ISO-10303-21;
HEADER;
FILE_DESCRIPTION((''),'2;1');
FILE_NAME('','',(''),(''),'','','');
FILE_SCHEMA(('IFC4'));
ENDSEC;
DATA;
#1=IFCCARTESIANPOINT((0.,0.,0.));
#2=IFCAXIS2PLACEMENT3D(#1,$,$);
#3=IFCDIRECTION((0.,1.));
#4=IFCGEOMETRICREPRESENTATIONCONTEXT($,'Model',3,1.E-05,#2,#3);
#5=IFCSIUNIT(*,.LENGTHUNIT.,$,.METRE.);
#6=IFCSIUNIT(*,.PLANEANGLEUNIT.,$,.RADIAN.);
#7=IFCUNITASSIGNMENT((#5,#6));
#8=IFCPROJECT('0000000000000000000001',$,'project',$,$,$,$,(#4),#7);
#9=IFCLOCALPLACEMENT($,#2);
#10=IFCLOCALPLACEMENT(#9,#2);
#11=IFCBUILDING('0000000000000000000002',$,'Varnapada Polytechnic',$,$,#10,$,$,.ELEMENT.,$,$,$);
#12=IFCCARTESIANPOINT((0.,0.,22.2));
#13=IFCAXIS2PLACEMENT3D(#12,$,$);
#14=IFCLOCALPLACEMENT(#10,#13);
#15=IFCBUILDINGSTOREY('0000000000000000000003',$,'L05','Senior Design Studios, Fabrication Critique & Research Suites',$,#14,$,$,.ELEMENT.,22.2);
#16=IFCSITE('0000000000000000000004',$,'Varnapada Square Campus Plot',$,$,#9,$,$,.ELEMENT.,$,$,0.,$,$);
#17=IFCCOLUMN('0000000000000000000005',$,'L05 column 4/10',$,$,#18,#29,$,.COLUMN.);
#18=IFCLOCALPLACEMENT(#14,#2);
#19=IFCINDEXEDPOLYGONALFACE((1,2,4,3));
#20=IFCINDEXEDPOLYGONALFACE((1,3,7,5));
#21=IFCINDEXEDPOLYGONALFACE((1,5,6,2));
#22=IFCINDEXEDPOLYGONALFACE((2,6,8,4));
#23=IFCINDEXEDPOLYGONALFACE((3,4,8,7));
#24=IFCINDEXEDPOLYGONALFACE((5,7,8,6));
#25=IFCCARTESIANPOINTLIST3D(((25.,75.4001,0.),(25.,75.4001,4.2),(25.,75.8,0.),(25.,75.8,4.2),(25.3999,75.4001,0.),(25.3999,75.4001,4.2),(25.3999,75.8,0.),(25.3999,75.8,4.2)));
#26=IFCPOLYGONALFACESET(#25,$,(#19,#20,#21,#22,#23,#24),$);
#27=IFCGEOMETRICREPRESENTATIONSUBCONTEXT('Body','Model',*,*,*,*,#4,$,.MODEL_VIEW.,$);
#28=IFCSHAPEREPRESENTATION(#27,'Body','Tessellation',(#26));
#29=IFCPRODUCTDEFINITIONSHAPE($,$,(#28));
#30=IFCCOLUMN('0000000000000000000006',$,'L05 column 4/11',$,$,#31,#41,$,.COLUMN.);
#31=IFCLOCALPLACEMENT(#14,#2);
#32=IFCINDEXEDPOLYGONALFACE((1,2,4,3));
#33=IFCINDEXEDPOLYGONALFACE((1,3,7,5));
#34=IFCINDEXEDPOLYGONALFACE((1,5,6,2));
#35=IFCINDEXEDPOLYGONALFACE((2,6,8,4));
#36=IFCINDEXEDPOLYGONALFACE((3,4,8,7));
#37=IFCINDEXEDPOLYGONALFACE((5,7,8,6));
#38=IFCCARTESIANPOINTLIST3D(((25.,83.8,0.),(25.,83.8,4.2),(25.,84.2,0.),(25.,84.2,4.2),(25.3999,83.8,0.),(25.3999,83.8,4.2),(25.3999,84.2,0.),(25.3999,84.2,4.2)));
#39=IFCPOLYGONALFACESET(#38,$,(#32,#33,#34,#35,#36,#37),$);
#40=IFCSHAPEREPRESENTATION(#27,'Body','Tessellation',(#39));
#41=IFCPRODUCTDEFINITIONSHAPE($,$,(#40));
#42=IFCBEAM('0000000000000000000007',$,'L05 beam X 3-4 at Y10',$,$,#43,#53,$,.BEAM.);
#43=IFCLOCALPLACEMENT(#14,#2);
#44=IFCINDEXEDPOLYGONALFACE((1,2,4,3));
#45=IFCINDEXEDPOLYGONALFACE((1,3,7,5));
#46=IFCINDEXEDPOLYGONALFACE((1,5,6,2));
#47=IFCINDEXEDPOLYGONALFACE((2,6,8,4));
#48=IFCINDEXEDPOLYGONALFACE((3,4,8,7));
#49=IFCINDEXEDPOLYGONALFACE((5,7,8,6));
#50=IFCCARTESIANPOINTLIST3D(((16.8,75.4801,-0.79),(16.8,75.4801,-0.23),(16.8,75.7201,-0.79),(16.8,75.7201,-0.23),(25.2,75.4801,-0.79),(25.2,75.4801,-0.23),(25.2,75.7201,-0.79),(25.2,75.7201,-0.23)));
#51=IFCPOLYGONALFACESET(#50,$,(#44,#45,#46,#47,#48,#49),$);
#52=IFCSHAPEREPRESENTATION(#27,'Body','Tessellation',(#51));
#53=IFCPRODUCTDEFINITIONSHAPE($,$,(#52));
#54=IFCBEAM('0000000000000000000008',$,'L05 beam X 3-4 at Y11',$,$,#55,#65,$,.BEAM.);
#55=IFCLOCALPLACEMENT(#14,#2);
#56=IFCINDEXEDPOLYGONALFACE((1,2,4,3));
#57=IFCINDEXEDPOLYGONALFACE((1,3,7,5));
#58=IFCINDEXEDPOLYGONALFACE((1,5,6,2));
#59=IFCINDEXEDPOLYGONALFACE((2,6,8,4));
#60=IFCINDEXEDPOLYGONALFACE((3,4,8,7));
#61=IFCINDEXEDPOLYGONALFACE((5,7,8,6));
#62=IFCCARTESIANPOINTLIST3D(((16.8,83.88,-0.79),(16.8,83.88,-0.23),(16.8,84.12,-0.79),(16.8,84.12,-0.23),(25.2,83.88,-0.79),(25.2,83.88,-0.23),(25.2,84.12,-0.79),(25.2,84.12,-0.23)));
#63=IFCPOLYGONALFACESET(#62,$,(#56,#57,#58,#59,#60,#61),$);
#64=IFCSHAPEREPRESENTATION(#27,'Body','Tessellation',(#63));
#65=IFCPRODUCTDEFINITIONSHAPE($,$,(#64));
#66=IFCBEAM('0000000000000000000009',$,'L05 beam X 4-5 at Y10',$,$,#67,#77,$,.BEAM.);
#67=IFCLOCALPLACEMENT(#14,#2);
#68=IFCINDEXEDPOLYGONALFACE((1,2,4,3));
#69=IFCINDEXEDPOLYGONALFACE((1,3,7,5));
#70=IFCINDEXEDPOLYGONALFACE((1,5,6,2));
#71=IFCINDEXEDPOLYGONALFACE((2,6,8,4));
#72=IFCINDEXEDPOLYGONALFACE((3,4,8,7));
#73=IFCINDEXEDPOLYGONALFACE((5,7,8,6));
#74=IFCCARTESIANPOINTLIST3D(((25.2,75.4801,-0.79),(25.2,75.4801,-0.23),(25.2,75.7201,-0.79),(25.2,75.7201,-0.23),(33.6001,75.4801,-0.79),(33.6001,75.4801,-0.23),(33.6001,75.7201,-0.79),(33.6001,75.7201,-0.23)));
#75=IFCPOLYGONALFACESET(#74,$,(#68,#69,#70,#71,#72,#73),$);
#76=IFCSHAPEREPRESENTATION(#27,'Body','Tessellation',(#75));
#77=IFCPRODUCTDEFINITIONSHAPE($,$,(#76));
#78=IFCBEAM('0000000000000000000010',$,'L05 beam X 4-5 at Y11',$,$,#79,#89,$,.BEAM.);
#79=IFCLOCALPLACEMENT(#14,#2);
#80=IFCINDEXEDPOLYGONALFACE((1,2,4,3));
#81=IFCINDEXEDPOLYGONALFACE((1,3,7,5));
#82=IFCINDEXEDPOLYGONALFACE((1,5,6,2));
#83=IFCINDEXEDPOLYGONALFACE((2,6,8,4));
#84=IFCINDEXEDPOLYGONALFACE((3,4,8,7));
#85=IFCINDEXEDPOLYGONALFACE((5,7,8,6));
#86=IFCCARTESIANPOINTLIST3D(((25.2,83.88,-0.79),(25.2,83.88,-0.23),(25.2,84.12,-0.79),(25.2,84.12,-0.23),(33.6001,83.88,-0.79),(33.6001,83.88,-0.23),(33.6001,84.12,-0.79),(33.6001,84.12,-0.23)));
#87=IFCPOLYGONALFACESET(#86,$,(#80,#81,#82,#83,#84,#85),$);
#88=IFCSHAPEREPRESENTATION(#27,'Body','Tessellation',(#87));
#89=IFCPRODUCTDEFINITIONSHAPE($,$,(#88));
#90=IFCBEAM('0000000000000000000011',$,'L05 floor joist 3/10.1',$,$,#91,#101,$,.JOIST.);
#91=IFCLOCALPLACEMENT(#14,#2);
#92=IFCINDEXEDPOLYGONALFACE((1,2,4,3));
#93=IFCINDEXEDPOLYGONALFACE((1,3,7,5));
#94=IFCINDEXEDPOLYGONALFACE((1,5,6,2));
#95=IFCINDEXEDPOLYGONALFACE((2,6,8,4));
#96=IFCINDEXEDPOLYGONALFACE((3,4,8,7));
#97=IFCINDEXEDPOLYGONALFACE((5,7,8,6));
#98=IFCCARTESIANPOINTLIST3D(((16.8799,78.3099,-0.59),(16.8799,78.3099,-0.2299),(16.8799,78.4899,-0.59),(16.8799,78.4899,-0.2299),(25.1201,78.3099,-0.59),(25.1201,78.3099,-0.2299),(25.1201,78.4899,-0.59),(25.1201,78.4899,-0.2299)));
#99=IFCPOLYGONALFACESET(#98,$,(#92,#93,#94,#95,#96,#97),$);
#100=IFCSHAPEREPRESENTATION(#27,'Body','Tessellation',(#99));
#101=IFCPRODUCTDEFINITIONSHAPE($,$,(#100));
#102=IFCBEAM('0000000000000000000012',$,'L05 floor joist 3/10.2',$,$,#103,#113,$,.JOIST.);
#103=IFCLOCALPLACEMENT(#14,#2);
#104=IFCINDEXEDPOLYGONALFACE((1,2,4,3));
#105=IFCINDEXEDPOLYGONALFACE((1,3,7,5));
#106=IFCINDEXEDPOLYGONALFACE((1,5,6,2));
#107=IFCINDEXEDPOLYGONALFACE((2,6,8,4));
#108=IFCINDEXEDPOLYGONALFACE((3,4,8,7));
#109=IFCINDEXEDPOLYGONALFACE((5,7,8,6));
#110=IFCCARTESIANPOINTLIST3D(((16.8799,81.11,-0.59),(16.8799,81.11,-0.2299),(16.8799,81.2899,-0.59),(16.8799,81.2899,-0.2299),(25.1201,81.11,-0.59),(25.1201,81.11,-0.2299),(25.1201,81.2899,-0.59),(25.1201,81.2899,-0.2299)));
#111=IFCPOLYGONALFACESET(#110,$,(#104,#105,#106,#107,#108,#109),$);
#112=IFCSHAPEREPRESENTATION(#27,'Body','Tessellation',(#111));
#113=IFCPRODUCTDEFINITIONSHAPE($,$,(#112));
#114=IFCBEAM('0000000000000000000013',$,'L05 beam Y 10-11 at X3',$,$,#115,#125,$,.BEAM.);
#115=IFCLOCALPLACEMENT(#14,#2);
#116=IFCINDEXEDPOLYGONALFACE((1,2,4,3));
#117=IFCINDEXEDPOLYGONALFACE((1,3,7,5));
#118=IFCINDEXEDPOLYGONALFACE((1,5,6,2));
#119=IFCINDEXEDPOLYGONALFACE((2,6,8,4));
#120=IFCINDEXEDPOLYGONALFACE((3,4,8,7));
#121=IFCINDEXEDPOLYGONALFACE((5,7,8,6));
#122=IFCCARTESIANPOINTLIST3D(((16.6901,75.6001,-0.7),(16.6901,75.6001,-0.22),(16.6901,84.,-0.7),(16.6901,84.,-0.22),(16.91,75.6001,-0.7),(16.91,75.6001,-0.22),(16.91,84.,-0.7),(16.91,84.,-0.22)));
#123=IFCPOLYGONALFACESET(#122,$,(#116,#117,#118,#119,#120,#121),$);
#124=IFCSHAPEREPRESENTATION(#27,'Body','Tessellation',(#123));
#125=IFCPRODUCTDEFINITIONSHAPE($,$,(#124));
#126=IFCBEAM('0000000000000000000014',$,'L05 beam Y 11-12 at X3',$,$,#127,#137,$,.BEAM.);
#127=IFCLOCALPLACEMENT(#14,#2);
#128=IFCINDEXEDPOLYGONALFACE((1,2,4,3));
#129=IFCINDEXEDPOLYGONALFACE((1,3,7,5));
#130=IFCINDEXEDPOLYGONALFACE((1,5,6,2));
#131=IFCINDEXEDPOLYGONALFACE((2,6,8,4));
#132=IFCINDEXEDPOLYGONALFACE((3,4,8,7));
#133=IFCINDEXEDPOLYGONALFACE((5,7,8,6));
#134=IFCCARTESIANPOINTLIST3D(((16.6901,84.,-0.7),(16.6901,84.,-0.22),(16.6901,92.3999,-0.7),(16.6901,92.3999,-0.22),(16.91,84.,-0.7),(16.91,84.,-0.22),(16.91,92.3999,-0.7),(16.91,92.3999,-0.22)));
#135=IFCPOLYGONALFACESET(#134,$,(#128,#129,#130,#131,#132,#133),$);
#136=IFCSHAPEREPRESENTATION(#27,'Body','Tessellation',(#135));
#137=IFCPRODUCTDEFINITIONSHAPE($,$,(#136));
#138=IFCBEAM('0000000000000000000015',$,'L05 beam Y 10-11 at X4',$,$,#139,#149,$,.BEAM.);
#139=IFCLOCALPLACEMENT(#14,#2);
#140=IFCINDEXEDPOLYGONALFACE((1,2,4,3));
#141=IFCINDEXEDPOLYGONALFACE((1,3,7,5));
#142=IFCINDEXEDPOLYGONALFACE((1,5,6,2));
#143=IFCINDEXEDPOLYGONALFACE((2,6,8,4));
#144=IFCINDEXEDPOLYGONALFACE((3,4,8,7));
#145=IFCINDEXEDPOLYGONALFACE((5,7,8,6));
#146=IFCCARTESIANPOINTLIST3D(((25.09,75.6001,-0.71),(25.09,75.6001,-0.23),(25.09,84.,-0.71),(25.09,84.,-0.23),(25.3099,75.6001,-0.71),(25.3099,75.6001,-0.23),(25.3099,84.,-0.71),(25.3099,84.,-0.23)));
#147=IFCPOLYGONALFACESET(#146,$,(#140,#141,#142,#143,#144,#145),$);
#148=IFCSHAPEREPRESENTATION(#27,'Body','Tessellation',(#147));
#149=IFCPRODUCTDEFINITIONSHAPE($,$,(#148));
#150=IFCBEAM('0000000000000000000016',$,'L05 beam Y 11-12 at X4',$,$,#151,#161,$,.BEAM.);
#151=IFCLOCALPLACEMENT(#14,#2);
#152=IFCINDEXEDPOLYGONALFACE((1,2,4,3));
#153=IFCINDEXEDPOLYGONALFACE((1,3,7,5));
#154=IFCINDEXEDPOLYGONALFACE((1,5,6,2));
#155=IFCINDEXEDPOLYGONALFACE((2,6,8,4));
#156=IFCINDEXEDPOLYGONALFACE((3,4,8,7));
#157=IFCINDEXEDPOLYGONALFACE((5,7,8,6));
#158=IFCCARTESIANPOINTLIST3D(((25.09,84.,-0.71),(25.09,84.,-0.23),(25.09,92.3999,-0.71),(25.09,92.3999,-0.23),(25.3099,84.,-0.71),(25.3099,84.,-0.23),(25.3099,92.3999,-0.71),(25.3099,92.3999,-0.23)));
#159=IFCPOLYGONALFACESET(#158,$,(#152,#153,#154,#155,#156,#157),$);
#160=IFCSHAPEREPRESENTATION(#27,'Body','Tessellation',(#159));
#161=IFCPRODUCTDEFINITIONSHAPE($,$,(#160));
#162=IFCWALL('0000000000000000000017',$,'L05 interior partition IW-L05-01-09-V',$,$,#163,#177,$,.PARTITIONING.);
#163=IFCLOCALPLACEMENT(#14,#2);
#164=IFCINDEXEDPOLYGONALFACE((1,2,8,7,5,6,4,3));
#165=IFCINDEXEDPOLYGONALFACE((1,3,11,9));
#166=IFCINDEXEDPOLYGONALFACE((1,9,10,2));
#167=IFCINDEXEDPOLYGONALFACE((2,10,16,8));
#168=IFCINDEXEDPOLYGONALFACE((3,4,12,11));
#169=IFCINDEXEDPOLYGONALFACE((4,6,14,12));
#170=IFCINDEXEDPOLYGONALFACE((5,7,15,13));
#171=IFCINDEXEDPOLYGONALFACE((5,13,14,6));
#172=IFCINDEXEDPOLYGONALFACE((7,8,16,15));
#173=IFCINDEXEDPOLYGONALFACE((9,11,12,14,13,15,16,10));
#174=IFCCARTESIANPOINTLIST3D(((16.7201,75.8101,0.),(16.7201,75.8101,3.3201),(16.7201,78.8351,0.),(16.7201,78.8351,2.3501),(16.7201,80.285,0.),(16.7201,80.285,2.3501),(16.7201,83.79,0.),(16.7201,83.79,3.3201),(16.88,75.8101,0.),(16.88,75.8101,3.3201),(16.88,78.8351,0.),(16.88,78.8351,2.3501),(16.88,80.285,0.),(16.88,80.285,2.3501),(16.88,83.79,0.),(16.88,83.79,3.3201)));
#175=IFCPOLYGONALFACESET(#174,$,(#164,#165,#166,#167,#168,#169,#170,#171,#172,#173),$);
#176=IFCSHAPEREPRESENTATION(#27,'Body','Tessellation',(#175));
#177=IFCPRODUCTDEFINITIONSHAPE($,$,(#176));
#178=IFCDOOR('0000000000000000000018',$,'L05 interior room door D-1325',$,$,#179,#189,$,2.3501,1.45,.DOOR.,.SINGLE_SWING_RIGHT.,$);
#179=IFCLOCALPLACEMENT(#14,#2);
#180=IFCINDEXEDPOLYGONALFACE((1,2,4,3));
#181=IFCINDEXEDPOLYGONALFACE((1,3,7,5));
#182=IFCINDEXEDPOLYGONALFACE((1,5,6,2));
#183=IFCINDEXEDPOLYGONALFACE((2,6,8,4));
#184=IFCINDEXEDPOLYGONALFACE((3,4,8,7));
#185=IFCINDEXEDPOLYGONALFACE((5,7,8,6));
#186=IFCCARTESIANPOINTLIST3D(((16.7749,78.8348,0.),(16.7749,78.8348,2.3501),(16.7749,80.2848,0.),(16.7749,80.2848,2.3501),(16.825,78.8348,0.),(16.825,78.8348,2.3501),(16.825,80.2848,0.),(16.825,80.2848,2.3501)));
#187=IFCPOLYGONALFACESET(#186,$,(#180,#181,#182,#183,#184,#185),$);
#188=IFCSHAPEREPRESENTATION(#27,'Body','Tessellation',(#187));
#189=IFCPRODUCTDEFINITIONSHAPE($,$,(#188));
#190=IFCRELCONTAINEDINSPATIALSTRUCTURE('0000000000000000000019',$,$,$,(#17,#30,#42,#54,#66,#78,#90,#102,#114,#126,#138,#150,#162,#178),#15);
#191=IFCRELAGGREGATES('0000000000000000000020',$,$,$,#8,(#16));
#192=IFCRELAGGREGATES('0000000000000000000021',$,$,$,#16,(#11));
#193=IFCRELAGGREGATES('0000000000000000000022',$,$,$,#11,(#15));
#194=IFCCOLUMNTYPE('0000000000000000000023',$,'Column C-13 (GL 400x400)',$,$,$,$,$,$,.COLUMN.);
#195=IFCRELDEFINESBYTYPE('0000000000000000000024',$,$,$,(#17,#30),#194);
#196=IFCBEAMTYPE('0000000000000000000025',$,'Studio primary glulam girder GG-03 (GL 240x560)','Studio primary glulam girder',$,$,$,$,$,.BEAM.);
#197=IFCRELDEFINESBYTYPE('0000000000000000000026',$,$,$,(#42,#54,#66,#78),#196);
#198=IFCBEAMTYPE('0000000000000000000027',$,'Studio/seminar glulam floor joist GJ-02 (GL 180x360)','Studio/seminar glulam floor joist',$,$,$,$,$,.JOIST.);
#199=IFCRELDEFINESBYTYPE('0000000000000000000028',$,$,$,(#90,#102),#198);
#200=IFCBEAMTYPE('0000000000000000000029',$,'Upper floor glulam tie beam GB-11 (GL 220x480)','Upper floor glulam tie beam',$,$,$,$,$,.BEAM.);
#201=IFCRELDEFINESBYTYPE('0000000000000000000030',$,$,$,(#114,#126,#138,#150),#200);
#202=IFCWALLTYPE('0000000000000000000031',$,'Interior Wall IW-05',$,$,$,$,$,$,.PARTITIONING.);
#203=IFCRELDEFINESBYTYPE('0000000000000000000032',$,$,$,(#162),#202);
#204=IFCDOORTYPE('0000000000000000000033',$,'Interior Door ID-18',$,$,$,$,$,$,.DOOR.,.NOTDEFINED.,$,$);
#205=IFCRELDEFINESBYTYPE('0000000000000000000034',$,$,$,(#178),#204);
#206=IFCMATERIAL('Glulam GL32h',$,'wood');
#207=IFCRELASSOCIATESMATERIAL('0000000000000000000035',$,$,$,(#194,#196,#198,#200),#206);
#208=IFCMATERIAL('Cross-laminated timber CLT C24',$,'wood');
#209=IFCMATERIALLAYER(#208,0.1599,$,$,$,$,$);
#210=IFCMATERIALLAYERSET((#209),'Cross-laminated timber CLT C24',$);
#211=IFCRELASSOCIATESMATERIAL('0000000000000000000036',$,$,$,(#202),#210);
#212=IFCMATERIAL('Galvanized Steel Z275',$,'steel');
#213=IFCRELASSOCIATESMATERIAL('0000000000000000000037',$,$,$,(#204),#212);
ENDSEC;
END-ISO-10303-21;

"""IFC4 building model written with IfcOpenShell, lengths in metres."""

from ifc_helpers import new_model, si_unit, direction, frame, frame_2d, origin, origin_2d, place, context, subcontext, project, spatial, rectangle, extrude, material, layer, layer_set, material_profile, profile_set, type_object, element, fill, save


model = new_model("IFC4")

# Units and contexts
model_context = context("Model", 3, precision=1e-05, world=origin(), true_north=direction((0.0, 1.0)))
body_context = subcontext(model_context, "Body", "Model", "MODEL_VIEW")
ifc_project = project(units=[si_unit("LENGTHUNIT", "METRE"), si_unit("PLANEANGLEUNIT", "RADIAN")], contexts=[model_context])

# Site, building, storey
site_placement = place(None, origin())
site = spatial("IfcSite", under=ifc_project, at=site_placement, Name="Varnapada Square Campus Plot", CompositionType="ELEMENT", RefElevation=0.0)
building_placement = place(site_placement, origin())
building = spatial("IfcBuilding", under=site, at=building_placement, Name="Varnapada Polytechnic", CompositionType="ELEMENT")
storey_placement = place(building_placement, frame((0.0, 0.0, 22.2)))
storey = spatial("IfcBuildingStorey", under=building, at=storey_placement, Name="L05", Description="Senior Design Studios, Fabrication Critique & Research Suites", CompositionType="ELEMENT", Elevation=22.2)

# Columns
ifc_material_1 = material(Name="Glulam GL32h", Category="wood")
ifc_material_profile_1 = material_profile(ifc_material_1, rectangle(XDim=0.3999, YDim=0.3999, at=origin_2d()), Name="GL 400x400")
ifc_profile_set_1 = profile_set([ifc_material_profile_1], Name="Glulam GL32h")
column_type = type_object("IfcColumnType", Name="Column C-13 (GL 400x400)", PredefinedType="COLUMN", material=ifc_profile_set_1)
for number, where, z_axis, x_axis, name in (
    (1, (25.2, 75.6001, 0.0), (0.0, 0.0, 1.0), (1.0, 0.0, 0.0), "L05 column 4/10"),
    (2, (25.2, 84.0, 0.0), (0.0, 0.0, 1.0), (1.0, 0.0, 0.0), "L05 column 4/11"),
):
    element("IfcColumn", number, at=place(storey_placement, frame(where, z_axis=z_axis, x_axis=x_axis)), inside=storey, type_object=column_type, Name=name, PredefinedType="COLUMN", context=body_context, shape_type="SweptSolid", body=[
        extrude(rectangle(XDim=0.3999, YDim=0.3999, at=origin_2d()), origin(), (0.0, 0.0, 1.0), 4.2),
    ])

# Beams
ifc_material_profile_2 = material_profile(ifc_material_1, rectangle(XDim=0.24, YDim=0.5601, at=origin_2d()), Name="GL 240x560")
ifc_profile_set_2 = profile_set([ifc_material_profile_2], Name="Glulam GL32h")
beam_type_1 = type_object("IfcBeamType", Name="Studio primary glulam girder GG-03 (GL 240x560)", Description="Studio primary glulam girder", PredefinedType="BEAM", material=ifc_profile_set_2)
for number, where, z_axis, x_axis, name in (
    (3, (16.8, 75.6001, -0.51), (1.0, 0.0, 0.0), (0.0, 1.0, 0.0), "L05 beam X 3-4 at Y10"),
    (4, (16.8, 84.0, -0.51), (1.0, 0.0, 0.0), (0.0, 1.0, 0.0), "L05 beam X 3-4 at Y11"),
):
    element("IfcBeam", number, at=place(storey_placement, frame(where, z_axis=z_axis, x_axis=x_axis)), inside=storey, type_object=beam_type_1, Name=name, PredefinedType="BEAM", context=body_context, shape_type="SweptSolid", body=[
        extrude(rectangle(XDim=0.24, YDim=0.5601, at=origin_2d()), origin(), (0.0, 0.0, 1.0), 8.3999),
    ])
for number, where, z_axis, x_axis, name in (
    (5, (25.2, 75.6001, -0.51), (1.0, 0.0, 0.0), (0.0, 1.0, 0.0), "L05 beam X 4-5 at Y10"),
    (6, (25.2, 84.0, -0.51), (1.0, 0.0, 0.0), (0.0, 1.0, 0.0), "L05 beam X 4-5 at Y11"),
):
    element("IfcBeam", number, at=place(storey_placement, frame(where, z_axis=z_axis, x_axis=x_axis)), inside=storey, type_object=beam_type_1, Name=name, PredefinedType="BEAM", context=body_context, shape_type="SweptSolid", body=[
        extrude(rectangle(XDim=0.24, YDim=0.5601, at=origin_2d()), origin(), (0.0, 0.0, 1.0), 8.4001),
    ])
ifc_material_profile_3 = material_profile(ifc_material_1, rectangle(XDim=0.1799, YDim=0.3601, at=origin_2d()), Name="GL 180x360")
ifc_profile_set_3 = profile_set([ifc_material_profile_3], Name="Glulam GL32h")
beam_type_2 = type_object("IfcBeamType", Name="Studio/seminar glulam floor joist GJ-02 (GL 180x360)", Description="Studio/seminar glulam floor joist", PredefinedType="JOIST", material=ifc_profile_set_3)
for number, where, z_axis, x_axis, name in (
    (7, (16.8799, 78.3999, -0.4099), (1.0, 0.0, 0.0), (0.0, 1.0, 0.0), "L05 floor joist 3/10.1"),
    (8, (16.8799, 81.2, -0.4099), (1.0, 0.0, 0.0), (0.0, 1.0, 0.0), "L05 floor joist 3/10.2"),
):
    element("IfcBeam", number, at=place(storey_placement, frame(where, z_axis=z_axis, x_axis=x_axis)), inside=storey, type_object=beam_type_2, Name=name, PredefinedType="JOIST", context=body_context, shape_type="SweptSolid", body=[
        extrude(rectangle(XDim=0.1799, YDim=0.3601, at=origin_2d()), origin(), (0.0, 0.0, 1.0), 8.2402),
    ])
ifc_material_profile_4 = material_profile(ifc_material_1, rectangle(XDim=0.22, YDim=0.48, at=origin_2d()), Name="GL 220x480")
ifc_profile_set_4 = profile_set([ifc_material_profile_4], Name="Glulam GL32h")
beam_type_3 = type_object("IfcBeamType", Name="Upper floor glulam tie beam GB-11 (GL 220x480)", Description="Upper floor glulam tie beam", PredefinedType="BEAM", material=ifc_profile_set_4)
for number, where, z_axis, x_axis, name in (
    (9, (16.8, 75.6001, -0.46), (0.0, 1.0, 0.0), (-1.0, 0.0, 0.0), "L05 beam Y 10-11 at X3"),
    (10, (16.8, 84.0, -0.46), (0.0, 1.0, 0.0), (-1.0, 0.0, 0.0), "L05 beam Y 11-12 at X3"),
    (11, (25.2, 75.6001, -0.47), (0.0, 1.0, 0.0), (-1.0, 0.0, 0.0), "L05 beam Y 10-11 at X4"),
    (12, (25.2, 84.0, -0.47), (0.0, 1.0, 0.0), (-1.0, 0.0, 0.0), "L05 beam Y 11-12 at X4"),
):
    element("IfcBeam", number, at=place(storey_placement, frame(where, z_axis=z_axis, x_axis=x_axis)), inside=storey, type_object=beam_type_3, Name=name, PredefinedType="BEAM", context=body_context, shape_type="SweptSolid", body=[
        extrude(rectangle(XDim=0.22, YDim=0.48, at=origin_2d()), origin(), (0.0, 0.0, 1.0), 8.3999),
    ])

# Wall, opening, door
ifc_material_2 = material(Name="Cross-laminated timber CLT C24", Category="wood")
ifc_layer_1 = layer(ifc_material_2, 0.1599)
ifc_layer_set_1 = layer_set([ifc_layer_1], Name="Cross-laminated timber CLT C24")
wall_type_1 = type_object("IfcWallType", Name="Interior Wall IW-05", PredefinedType="PARTITIONING", material=ifc_layer_set_1)
wall_1_placement = place(storey_placement, frame((16.8, 75.8101, 0.0), z_axis=(0.0, 0.0, 1.0), x_axis=(0.0, 1.0, 0.0)))
wall_1 = element("IfcWall", 13, at=wall_1_placement, inside=storey, type_object=wall_type_1, Name="L05 interior partition IW-L05-01-09-V", PredefinedType="PARTITIONING", context=body_context, shape_type="SweptSolid", body=[
    extrude(rectangle(XDim=7.98, YDim=0.1599, at=frame_2d((3.99, 0.0))), origin(), (0.0, 0.0, 1.0), 3.3201),
])
opening_1_placement = place(wall_1_placement, frame((3.0249, 0.0, 0.0)))
opening_1 = element("IfcOpeningElement", 14, at=opening_1_placement, cuts=wall_1, PredefinedType="OPENING", context=body_context, shape_type="SweptSolid", body=[
    extrude(rectangle(XDim=1.45, YDim=2.3501, at=frame_2d((0.7251, 1.175))), frame((0.0, 0.0898, 0.0), z_axis=(0.0, -1.0, 0.0), x_axis=(1.0, 0.0, 0.0)), (0.0, 0.0, 1.0), 0.1799),
])
ifc_material_3 = material(Name="Galvanized Steel Z275", Category="steel")
door_type_1 = type_object("IfcDoorType", Name="Interior Door ID-18", OperationType="NOTDEFINED", PredefinedType="DOOR", material=ifc_material_3)
door_1_placement = place(opening_1_placement, frame((1.45, 0.0, 0.0), z_axis=(0.0, 0.0, 1.0), x_axis=(-1.0, 0.0, 0.0)))
door_1 = element("IfcDoor", 15, at=door_1_placement, inside=storey, type_object=door_type_1, Name="L05 interior room door D-1325", OperationType="SINGLE_SWING_RIGHT", OverallHeight=2.3501, OverallWidth=1.45, PredefinedType="DOOR", context=body_context, shape_type="SweptSolid", body=[
    extrude(rectangle(XDim=1.45, YDim=2.3501, at=frame_2d((0.7251, 1.175))), frame((0.0, 0.0249, 0.0), z_axis=(0.0, -1.0, 0.0), x_axis=(1.0, 0.0, 0.0)), (0.0, 0.0, 1.0), 0.05),
])
fill(opening_1, door_1)

save(model, "model.ifc")
